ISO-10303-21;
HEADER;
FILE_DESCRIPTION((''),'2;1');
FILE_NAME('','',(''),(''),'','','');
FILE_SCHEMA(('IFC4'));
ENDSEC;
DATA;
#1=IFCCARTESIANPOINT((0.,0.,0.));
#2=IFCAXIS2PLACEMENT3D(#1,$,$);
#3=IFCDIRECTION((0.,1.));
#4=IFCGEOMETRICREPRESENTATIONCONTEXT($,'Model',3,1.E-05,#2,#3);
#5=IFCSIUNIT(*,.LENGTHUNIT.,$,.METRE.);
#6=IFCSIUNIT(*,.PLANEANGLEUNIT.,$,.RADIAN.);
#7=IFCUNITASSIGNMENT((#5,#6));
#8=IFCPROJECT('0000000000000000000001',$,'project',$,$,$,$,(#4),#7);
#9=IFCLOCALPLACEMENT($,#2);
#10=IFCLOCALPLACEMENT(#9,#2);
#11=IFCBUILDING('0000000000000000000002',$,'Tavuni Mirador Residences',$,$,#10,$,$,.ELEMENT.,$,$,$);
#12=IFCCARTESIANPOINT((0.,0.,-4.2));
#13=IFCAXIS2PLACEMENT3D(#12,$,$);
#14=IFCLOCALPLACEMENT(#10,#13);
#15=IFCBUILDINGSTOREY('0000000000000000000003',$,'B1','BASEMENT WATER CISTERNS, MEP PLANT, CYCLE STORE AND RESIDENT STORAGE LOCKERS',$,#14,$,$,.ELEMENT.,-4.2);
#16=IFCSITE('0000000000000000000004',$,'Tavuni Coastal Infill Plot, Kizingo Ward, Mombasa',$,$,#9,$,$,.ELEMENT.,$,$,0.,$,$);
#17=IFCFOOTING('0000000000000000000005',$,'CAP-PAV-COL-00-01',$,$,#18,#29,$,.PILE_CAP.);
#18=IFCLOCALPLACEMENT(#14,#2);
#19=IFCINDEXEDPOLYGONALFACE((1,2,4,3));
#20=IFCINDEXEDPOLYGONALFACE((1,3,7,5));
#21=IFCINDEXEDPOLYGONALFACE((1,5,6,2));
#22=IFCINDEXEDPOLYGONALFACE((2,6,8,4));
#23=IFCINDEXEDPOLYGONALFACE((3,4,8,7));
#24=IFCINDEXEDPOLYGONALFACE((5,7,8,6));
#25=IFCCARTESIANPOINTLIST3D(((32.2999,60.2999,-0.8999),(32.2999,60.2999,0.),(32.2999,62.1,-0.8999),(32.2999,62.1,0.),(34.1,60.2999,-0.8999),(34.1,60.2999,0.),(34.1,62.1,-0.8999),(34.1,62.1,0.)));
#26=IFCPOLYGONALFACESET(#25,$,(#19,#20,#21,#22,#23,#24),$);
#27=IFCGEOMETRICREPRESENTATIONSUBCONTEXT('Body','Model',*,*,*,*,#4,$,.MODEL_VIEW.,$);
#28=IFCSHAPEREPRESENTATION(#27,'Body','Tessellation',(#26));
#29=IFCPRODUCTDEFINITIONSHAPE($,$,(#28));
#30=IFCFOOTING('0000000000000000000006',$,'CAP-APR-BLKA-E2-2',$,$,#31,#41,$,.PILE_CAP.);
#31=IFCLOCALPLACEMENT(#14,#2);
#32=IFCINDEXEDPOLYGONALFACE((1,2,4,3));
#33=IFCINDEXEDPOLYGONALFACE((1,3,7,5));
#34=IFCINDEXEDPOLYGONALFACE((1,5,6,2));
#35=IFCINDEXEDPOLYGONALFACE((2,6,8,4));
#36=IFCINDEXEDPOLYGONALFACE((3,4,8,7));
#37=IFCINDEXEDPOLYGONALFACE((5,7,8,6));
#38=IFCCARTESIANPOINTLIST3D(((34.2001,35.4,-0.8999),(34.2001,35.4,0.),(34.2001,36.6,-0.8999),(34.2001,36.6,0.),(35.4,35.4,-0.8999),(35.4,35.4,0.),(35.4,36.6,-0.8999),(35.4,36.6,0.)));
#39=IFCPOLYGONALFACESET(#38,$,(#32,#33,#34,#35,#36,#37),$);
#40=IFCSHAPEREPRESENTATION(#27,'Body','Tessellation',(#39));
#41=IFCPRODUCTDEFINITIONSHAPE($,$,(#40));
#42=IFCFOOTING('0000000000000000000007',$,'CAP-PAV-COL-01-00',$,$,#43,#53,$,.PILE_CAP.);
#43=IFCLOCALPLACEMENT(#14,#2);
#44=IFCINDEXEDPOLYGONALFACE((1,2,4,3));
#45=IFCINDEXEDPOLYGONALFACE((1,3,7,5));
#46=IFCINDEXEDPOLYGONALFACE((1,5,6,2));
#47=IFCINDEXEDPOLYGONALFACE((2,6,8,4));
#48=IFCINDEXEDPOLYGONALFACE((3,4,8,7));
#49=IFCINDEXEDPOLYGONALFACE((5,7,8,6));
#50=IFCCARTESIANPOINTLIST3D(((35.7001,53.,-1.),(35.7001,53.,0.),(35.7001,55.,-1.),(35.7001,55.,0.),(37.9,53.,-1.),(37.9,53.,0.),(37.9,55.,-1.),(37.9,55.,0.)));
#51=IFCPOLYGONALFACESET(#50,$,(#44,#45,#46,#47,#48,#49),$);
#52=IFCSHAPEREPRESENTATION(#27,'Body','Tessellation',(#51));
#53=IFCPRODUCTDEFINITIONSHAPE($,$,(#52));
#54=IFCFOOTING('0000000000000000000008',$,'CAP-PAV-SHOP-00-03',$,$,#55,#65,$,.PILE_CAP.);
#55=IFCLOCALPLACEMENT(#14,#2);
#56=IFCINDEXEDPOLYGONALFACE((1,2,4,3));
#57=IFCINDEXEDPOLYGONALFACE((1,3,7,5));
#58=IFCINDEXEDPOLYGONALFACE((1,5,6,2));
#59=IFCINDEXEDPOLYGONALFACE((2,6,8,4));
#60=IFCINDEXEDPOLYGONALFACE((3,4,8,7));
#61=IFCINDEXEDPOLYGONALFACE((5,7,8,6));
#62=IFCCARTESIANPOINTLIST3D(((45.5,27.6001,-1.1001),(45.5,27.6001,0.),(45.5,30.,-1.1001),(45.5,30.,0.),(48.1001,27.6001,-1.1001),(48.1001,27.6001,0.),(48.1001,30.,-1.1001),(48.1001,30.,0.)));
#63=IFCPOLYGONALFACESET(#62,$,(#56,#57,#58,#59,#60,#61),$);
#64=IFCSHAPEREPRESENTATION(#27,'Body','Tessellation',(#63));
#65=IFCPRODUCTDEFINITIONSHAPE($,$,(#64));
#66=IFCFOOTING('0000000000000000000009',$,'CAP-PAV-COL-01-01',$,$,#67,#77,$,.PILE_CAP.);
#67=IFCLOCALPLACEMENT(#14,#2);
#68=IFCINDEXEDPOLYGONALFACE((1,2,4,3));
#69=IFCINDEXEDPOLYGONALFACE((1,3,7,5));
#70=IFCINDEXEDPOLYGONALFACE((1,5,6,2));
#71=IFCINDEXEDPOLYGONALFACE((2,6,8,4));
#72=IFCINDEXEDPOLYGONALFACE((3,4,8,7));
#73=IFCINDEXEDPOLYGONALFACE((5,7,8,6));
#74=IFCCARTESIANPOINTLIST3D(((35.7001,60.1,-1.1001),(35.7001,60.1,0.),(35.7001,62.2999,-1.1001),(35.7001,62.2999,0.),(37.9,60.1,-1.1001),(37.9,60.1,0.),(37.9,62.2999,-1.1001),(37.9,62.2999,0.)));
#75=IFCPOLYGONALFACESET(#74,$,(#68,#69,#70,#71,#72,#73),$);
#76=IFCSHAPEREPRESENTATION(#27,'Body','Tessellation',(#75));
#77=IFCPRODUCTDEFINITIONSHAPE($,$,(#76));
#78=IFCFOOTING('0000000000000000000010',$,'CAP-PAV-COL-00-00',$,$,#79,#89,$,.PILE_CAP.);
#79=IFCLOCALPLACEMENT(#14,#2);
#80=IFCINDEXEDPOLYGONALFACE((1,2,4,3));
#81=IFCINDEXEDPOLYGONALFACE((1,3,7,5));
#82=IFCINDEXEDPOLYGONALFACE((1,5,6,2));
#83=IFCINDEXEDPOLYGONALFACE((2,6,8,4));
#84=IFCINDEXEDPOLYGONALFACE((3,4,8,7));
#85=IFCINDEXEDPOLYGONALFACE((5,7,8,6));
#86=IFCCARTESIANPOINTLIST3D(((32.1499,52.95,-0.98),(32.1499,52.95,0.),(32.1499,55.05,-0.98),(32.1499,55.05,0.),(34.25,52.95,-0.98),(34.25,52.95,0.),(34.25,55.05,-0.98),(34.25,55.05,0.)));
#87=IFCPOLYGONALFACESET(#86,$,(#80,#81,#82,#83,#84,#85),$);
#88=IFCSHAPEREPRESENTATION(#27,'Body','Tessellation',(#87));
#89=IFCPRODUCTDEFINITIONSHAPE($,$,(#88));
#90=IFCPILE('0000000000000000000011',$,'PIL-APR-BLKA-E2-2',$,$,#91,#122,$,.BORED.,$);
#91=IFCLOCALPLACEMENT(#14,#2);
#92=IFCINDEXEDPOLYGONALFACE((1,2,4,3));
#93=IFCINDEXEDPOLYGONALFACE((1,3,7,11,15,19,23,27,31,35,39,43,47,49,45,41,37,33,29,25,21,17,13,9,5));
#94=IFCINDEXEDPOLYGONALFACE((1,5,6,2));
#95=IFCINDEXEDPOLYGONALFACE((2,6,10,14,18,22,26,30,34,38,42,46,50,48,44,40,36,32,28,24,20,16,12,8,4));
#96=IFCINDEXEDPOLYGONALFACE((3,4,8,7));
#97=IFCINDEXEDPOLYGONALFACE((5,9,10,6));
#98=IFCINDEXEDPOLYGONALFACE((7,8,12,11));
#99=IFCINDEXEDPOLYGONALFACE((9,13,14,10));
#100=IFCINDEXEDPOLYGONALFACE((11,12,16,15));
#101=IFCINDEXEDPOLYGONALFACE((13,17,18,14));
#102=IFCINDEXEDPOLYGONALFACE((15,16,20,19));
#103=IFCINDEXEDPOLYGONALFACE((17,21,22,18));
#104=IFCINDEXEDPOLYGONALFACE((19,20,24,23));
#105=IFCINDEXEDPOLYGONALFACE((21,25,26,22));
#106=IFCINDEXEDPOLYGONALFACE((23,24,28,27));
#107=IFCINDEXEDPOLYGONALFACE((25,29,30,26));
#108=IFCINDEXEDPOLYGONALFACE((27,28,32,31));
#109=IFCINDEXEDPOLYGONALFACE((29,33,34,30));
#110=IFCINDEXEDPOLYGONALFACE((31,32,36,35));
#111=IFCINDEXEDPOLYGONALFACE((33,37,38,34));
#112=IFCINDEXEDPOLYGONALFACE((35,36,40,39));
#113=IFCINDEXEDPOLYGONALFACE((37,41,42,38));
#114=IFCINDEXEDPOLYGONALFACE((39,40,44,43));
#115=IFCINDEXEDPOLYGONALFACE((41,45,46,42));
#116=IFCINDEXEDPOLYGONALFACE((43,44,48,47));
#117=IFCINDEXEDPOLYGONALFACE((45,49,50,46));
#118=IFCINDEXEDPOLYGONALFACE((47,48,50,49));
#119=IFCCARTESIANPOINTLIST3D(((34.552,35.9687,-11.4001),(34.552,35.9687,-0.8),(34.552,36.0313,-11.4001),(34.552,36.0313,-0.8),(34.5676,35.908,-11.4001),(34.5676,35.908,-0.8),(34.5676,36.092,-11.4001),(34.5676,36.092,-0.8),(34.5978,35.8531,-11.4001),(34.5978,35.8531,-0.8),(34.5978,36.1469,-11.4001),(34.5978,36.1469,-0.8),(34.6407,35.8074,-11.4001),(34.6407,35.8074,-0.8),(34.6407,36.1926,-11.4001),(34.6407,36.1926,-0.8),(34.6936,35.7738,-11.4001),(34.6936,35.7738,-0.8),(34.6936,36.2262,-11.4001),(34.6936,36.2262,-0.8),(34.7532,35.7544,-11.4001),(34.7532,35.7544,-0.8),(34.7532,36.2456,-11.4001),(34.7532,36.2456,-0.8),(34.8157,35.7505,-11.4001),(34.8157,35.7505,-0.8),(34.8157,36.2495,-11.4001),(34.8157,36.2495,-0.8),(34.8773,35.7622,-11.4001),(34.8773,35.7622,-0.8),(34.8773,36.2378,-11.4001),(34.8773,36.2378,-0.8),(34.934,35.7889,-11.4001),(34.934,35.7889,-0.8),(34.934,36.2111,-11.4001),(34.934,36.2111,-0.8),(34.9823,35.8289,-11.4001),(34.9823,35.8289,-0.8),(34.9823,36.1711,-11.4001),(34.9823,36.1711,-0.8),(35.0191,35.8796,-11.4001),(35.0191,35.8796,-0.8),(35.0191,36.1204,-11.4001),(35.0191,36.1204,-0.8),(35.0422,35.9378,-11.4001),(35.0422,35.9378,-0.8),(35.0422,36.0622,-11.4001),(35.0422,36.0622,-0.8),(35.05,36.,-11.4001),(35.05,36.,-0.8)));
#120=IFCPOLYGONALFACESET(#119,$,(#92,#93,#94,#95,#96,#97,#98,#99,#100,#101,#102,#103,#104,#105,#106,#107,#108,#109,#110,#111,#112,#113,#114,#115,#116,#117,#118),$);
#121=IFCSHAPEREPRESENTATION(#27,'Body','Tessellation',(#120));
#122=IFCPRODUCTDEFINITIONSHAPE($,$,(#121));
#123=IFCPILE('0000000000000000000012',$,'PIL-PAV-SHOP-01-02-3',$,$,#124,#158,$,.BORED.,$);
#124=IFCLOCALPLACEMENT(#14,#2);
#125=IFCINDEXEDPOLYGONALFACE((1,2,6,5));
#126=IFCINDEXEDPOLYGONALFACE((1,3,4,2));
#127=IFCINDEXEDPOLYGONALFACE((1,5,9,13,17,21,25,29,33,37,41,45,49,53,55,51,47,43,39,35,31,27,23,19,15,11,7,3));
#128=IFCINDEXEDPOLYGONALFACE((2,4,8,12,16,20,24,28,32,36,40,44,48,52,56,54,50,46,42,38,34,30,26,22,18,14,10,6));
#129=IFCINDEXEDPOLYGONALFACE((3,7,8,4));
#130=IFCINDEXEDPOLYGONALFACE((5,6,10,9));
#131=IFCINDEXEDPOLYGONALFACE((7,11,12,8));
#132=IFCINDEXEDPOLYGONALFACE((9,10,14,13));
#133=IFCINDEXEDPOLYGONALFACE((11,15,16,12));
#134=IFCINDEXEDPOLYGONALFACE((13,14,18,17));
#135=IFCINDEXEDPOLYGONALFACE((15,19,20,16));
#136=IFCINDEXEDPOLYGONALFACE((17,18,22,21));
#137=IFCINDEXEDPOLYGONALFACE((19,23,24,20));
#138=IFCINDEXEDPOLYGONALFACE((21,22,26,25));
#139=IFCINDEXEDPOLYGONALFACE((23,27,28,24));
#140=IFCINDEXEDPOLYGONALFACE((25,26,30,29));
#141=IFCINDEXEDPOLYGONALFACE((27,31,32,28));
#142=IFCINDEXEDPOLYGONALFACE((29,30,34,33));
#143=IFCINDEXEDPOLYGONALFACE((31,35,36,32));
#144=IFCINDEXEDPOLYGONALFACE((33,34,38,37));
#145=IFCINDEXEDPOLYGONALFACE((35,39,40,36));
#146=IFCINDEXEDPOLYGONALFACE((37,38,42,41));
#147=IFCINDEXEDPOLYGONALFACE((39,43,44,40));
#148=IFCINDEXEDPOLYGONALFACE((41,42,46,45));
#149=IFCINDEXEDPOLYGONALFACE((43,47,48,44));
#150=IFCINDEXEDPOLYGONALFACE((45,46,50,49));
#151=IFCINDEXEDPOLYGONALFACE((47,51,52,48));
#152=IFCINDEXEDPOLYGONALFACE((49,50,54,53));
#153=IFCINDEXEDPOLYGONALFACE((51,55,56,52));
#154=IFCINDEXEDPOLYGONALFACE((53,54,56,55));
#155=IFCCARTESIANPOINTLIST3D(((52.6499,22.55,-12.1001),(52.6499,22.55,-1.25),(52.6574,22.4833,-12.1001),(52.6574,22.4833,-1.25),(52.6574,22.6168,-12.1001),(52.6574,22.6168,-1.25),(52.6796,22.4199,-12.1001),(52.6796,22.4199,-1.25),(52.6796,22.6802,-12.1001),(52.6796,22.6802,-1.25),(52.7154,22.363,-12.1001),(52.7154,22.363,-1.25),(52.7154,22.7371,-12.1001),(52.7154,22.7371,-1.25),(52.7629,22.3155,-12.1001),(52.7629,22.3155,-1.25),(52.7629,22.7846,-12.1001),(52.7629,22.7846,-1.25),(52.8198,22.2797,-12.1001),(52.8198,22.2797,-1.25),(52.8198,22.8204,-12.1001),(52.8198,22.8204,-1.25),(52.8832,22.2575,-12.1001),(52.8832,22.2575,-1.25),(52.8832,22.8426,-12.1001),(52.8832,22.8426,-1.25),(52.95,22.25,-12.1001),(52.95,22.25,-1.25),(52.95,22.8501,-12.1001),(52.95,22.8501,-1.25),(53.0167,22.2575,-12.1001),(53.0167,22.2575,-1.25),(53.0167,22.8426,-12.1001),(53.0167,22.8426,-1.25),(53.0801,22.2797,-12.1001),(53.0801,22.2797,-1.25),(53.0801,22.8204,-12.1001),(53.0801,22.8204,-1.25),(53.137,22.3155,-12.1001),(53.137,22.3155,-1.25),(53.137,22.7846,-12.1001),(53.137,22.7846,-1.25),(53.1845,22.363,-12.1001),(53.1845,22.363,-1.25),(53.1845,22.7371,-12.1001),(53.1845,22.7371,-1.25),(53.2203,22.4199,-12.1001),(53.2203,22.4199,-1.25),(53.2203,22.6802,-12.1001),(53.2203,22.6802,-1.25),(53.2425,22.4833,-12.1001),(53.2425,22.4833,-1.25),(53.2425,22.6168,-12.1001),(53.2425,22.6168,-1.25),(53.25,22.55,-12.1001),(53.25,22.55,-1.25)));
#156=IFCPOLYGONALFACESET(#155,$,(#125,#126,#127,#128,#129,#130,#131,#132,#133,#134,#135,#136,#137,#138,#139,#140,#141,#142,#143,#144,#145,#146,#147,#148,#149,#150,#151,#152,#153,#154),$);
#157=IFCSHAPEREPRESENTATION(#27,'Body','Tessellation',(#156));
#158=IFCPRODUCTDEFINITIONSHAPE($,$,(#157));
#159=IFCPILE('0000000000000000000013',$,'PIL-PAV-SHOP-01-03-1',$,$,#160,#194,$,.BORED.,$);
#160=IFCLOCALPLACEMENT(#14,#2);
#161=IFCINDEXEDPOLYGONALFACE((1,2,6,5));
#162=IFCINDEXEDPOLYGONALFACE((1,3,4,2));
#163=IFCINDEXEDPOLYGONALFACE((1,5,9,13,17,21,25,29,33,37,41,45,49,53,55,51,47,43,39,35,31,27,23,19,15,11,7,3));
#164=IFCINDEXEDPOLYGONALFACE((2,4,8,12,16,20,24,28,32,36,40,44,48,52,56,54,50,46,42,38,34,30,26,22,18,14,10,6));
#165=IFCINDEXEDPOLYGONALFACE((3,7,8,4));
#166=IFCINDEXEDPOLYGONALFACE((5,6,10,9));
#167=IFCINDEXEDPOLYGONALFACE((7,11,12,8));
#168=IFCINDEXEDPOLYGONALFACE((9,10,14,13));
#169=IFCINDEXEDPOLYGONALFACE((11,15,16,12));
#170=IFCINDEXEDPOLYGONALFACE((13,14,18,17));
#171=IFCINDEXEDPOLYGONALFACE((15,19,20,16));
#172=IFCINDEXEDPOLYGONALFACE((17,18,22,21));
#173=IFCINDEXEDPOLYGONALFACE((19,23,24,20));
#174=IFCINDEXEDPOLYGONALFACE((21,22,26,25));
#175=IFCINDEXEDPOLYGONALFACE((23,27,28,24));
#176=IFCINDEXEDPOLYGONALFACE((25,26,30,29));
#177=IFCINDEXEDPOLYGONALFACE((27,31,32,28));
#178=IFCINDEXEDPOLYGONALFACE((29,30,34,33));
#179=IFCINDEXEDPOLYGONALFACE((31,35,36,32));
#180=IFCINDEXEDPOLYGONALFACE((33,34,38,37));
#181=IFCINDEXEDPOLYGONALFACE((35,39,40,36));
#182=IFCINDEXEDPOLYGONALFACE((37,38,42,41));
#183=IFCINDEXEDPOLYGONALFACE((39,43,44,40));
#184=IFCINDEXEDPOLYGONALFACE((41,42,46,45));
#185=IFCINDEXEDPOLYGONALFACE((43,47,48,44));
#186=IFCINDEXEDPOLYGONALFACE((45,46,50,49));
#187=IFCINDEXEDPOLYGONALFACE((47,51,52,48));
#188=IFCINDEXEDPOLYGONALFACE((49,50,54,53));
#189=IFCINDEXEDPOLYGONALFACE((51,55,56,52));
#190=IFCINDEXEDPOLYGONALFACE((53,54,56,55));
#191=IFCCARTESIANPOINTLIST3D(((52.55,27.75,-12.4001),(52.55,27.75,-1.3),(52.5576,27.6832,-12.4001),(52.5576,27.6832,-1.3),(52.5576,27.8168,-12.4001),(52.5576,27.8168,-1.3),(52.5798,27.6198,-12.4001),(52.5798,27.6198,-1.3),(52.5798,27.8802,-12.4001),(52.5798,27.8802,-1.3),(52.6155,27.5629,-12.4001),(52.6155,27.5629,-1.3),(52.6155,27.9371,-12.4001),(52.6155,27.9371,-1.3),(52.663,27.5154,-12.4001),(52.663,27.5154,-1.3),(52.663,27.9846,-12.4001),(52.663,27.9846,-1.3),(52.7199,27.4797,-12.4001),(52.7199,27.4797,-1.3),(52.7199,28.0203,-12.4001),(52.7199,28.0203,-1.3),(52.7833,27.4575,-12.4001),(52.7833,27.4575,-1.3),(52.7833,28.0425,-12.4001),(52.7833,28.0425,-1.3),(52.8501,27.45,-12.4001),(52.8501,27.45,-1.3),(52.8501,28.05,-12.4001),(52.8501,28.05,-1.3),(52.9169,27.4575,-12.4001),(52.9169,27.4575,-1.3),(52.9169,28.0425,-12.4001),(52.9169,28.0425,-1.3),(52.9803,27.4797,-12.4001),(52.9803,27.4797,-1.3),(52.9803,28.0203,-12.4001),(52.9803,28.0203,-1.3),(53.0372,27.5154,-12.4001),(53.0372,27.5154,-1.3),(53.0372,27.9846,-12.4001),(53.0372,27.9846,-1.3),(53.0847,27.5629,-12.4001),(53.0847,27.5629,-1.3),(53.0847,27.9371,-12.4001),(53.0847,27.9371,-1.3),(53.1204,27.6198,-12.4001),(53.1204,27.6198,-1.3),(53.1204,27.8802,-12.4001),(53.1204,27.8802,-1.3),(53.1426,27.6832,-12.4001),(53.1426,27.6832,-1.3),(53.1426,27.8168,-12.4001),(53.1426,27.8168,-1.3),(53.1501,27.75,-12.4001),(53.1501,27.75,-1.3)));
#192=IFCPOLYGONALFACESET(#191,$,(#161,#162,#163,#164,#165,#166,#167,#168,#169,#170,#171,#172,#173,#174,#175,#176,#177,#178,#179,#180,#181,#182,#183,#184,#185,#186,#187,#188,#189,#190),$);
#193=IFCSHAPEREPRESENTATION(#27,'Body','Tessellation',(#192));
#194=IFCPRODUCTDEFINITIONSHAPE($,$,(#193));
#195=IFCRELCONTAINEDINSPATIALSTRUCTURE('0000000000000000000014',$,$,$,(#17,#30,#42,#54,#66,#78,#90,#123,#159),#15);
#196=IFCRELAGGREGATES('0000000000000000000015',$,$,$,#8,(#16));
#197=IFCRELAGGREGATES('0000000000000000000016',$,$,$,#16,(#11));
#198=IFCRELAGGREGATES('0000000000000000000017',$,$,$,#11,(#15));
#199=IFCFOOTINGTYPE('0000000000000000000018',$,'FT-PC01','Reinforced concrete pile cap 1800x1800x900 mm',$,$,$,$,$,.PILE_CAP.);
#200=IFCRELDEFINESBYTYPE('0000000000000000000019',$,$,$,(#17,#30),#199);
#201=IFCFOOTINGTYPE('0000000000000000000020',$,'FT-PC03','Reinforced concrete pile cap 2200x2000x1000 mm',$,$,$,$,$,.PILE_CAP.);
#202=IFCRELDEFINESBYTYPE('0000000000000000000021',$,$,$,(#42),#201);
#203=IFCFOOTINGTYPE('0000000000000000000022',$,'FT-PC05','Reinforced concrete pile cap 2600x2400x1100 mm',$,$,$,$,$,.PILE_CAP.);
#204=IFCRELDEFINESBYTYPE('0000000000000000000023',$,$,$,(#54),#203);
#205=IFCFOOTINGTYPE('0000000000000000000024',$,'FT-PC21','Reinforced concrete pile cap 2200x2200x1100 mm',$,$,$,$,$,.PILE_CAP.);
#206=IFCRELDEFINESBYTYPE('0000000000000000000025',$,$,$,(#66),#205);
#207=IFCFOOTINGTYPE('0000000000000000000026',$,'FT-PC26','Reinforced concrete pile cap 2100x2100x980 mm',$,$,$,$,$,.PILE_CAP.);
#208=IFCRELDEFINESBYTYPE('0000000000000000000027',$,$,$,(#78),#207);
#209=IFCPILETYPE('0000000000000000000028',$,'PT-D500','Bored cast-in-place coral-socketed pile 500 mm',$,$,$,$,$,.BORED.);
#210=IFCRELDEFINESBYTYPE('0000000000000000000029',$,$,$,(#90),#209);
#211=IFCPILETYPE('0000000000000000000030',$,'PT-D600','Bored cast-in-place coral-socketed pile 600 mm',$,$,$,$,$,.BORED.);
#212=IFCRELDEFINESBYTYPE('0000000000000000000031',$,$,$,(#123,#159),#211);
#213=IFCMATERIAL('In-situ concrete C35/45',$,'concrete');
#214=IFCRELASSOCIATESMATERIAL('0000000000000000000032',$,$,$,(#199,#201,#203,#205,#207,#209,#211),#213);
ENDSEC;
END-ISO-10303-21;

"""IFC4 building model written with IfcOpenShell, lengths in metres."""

from ifc_helpers import new_model, si_unit, direction, frame, origin, origin_2d, place, context, subcontext, project, spatial, rectangle, circle, extrude, material, material_profile, profile_set, type_object, element, save


model = new_model("IFC4")

# Units and contexts
model_context = context("Model", 3, precision=1e-05, world=origin(), true_north=direction((0.0, 1.0)))
body_context = subcontext(model_context, "Body", "Model", "MODEL_VIEW")
ifc_project = project(units=[si_unit("LENGTHUNIT", "METRE"), si_unit("PLANEANGLEUNIT", "RADIAN")], contexts=[model_context])

# Site, building, storey
site_placement = place(None, origin())
site = spatial("IfcSite", under=ifc_project, at=site_placement, Name="Tavuni Coastal Infill Plot, Kizingo Ward, Mombasa", CompositionType="ELEMENT", RefElevation=0.0)
building_placement = place(site_placement, origin())
building = spatial("IfcBuilding", under=site, at=building_placement, Name="Tavuni Mirador Residences", CompositionType="ELEMENT")
storey_placement = place(building_placement, frame((0.0, 0.0, -4.2)))
storey = spatial("IfcBuildingStorey", under=building, at=storey_placement, Name="B1", Description="BASEMENT WATER CISTERNS, MEP PLANT, CYCLE STORE AND RESIDENT STORAGE LOCKERS", CompositionType="ELEMENT", Elevation=-4.2)

# Footings
ifc_material_1 = material(Name="In-situ concrete C35/45", Category="concrete")
footing_type_1 = type_object("IfcFootingType", Name="FT-PC01", Description="Reinforced concrete pile cap 1800x1800x900 mm", PredefinedType="PILE_CAP", material=ifc_material_1)
footing_1_placement = place(storey_placement, frame((33.2, 61.2, -0.8999), z_axis=(0.0, 0.0, 1.0), x_axis=(1.0, 0.0, 0.0)))
element("IfcFooting", 1, at=footing_1_placement, inside=storey, type_object=footing_type_1, Name="CAP-PAV-COL-00-01", PredefinedType="PILE_CAP", context=body_context, shape_type="SweptSolid", body=[
    extrude(rectangle(XDim=1.8, YDim=1.8, at=origin_2d()), origin(), (0.0, 0.0, 1.0), 0.8999),
])
footing_2_placement = place(storey_placement, frame((34.8, 36.0, -0.8999), z_axis=(0.0, 0.0, 1.0), x_axis=(1.0, 0.0, 0.0)))
element("IfcFooting", 2, at=footing_2_placement, inside=storey, type_object=footing_type_1, Name="CAP-APR-BLKA-E2-2", PredefinedType="PILE_CAP", context=body_context, shape_type="SweptSolid", body=[
    extrude(rectangle(XDim=1.2, YDim=1.2, at=origin_2d()), origin(), (0.0, 0.0, 1.0), 0.8999),
])
footing_type_2 = type_object("IfcFootingType", Name="FT-PC03", Description="Reinforced concrete pile cap 2200x2000x1000 mm", PredefinedType="PILE_CAP", material=ifc_material_1)
footing_3_placement = place(storey_placement, frame((36.8, 54.0, -1.0), z_axis=(0.0, 0.0, 1.0), x_axis=(1.0, 0.0, 0.0)))
element("IfcFooting", 3, at=footing_3_placement, inside=storey, type_object=footing_type_2, Name="CAP-PAV-COL-01-00", PredefinedType="PILE_CAP", context=body_context, shape_type="SweptSolid", body=[
    extrude(rectangle(XDim=2.2, YDim=2.0, at=origin_2d()), origin(), (0.0, 0.0, 1.0), 1.0),
])
footing_type_3 = type_object("IfcFootingType", Name="FT-PC05", Description="Reinforced concrete pile cap 2600x2400x1100 mm", PredefinedType="PILE_CAP", material=ifc_material_1)
footing_4_placement = place(storey_placement, frame((46.8, 28.8, -1.1001), z_axis=(0.0, 0.0, 1.0), x_axis=(1.0, 0.0, 0.0)))
element("IfcFooting", 4, at=footing_4_placement, inside=storey, type_object=footing_type_3, Name="CAP-PAV-SHOP-00-03", PredefinedType="PILE_CAP", context=body_context, shape_type="SweptSolid", body=[
    extrude(rectangle(XDim=2.6001, YDim=2.3999, at=origin_2d()), origin(), (0.0, 0.0, 1.0), 1.1001),
])
footing_type_4 = type_object("IfcFootingType", Name="FT-PC21", Description="Reinforced concrete pile cap 2200x2200x1100 mm", PredefinedType="PILE_CAP", material=ifc_material_1)
footing_5_placement = place(storey_placement, frame((36.8, 61.2, -1.1001), z_axis=(0.0, 0.0, 1.0), x_axis=(1.0, 0.0, 0.0)))
element("IfcFooting", 5, at=footing_5_placement, inside=storey, type_object=footing_type_4, Name="CAP-PAV-COL-01-01", PredefinedType="PILE_CAP", context=body_context, shape_type="SweptSolid", body=[
    extrude(rectangle(XDim=2.2, YDim=2.2, at=origin_2d()), origin(), (0.0, 0.0, 1.0), 1.1001),
])
footing_type_5 = type_object("IfcFootingType", Name="FT-PC26", Description="Reinforced concrete pile cap 2100x2100x980 mm", PredefinedType="PILE_CAP", material=ifc_material_1)
footing_6_placement = place(storey_placement, frame((33.2, 54.0, -0.98), z_axis=(0.0, 0.0, 1.0), x_axis=(1.0, 0.0, 0.0)))
element("IfcFooting", 6, at=footing_6_placement, inside=storey, type_object=footing_type_5, Name="CAP-PAV-COL-00-00", PredefinedType="PILE_CAP", context=body_context, shape_type="SweptSolid", body=[
    extrude(rectangle(XDim=2.1001, YDim=2.1001, at=origin_2d()), origin(), (0.0, 0.0, 1.0), 0.98),
])

# Piles
ifc_material_profile_1 = material_profile(ifc_material_1, circle(Radius=0.25, at=origin_2d()), Name="PILE D500", Category="concrete")
ifc_profile_set_1 = profile_set([ifc_material_profile_1], Name="In-situ concrete C35/45")
pile_type_1 = type_object("IfcPileType", Name="PT-D500", Description="Bored cast-in-place coral-socketed pile 500 mm", PredefinedType="BORED", material=ifc_profile_set_1)
pile_1_placement = place(storey_placement, frame((34.8, 36.0, -0.8), z_axis=(0.0, 0.0, -1.0), x_axis=(1.0, 0.0, 0.0)))
element("IfcPile", 7, at=pile_1_placement, inside=storey, type_object=pile_type_1, Name="PIL-APR-BLKA-E2-2", PredefinedType="BORED", context=body_context, shape_type="SweptSolid", body=[
    extrude(circle(Radius=0.25, at=origin_2d()), origin(), (0.0, 0.0, 1.0), 10.6001),
])
ifc_material_profile_2 = material_profile(ifc_material_1, circle(Radius=0.3, at=origin_2d()), Name="PILE D600", Category="concrete")
ifc_profile_set_2 = profile_set([ifc_material_profile_2], Name="In-situ concrete C35/45")
pile_type_2 = type_object("IfcPileType", Name="PT-D600", Description="Bored cast-in-place coral-socketed pile 600 mm", PredefinedType="BORED", material=ifc_profile_set_2)
pile_2_placement = place(storey_placement, frame((52.95, 22.55, -1.25), z_axis=(0.0, 0.0, -1.0), x_axis=(1.0, 0.0, 0.0)))
element("IfcPile", 8, at=pile_2_placement, inside=storey, type_object=pile_type_2, Name="PIL-PAV-SHOP-01-02-3", PredefinedType="BORED", context=body_context, shape_type="SweptSolid", body=[
    extrude(circle(Radius=0.3, at=origin_2d()), origin(), (0.0, 0.0, 1.0), 10.8501),
])
for number, where, z_axis, x_axis, name in (
    (9, (52.8501, 27.75, -1.3), (0.0, 0.0, -1.0), (1.0, 0.0, 0.0), "PIL-PAV-SHOP-01-03-1"),
):
    element("IfcPile", number, at=place(storey_placement, frame(where, z_axis=z_axis, x_axis=x_axis)), inside=storey, type_object=pile_type_2, Name=name, PredefinedType="BORED", context=body_context, shape_type="SweptSolid", body=[
        extrude(circle(Radius=0.3, at=origin_2d()), origin(), (0.0, 0.0, 1.0), 11.1001),
    ])

save(model, "model.ifc")
